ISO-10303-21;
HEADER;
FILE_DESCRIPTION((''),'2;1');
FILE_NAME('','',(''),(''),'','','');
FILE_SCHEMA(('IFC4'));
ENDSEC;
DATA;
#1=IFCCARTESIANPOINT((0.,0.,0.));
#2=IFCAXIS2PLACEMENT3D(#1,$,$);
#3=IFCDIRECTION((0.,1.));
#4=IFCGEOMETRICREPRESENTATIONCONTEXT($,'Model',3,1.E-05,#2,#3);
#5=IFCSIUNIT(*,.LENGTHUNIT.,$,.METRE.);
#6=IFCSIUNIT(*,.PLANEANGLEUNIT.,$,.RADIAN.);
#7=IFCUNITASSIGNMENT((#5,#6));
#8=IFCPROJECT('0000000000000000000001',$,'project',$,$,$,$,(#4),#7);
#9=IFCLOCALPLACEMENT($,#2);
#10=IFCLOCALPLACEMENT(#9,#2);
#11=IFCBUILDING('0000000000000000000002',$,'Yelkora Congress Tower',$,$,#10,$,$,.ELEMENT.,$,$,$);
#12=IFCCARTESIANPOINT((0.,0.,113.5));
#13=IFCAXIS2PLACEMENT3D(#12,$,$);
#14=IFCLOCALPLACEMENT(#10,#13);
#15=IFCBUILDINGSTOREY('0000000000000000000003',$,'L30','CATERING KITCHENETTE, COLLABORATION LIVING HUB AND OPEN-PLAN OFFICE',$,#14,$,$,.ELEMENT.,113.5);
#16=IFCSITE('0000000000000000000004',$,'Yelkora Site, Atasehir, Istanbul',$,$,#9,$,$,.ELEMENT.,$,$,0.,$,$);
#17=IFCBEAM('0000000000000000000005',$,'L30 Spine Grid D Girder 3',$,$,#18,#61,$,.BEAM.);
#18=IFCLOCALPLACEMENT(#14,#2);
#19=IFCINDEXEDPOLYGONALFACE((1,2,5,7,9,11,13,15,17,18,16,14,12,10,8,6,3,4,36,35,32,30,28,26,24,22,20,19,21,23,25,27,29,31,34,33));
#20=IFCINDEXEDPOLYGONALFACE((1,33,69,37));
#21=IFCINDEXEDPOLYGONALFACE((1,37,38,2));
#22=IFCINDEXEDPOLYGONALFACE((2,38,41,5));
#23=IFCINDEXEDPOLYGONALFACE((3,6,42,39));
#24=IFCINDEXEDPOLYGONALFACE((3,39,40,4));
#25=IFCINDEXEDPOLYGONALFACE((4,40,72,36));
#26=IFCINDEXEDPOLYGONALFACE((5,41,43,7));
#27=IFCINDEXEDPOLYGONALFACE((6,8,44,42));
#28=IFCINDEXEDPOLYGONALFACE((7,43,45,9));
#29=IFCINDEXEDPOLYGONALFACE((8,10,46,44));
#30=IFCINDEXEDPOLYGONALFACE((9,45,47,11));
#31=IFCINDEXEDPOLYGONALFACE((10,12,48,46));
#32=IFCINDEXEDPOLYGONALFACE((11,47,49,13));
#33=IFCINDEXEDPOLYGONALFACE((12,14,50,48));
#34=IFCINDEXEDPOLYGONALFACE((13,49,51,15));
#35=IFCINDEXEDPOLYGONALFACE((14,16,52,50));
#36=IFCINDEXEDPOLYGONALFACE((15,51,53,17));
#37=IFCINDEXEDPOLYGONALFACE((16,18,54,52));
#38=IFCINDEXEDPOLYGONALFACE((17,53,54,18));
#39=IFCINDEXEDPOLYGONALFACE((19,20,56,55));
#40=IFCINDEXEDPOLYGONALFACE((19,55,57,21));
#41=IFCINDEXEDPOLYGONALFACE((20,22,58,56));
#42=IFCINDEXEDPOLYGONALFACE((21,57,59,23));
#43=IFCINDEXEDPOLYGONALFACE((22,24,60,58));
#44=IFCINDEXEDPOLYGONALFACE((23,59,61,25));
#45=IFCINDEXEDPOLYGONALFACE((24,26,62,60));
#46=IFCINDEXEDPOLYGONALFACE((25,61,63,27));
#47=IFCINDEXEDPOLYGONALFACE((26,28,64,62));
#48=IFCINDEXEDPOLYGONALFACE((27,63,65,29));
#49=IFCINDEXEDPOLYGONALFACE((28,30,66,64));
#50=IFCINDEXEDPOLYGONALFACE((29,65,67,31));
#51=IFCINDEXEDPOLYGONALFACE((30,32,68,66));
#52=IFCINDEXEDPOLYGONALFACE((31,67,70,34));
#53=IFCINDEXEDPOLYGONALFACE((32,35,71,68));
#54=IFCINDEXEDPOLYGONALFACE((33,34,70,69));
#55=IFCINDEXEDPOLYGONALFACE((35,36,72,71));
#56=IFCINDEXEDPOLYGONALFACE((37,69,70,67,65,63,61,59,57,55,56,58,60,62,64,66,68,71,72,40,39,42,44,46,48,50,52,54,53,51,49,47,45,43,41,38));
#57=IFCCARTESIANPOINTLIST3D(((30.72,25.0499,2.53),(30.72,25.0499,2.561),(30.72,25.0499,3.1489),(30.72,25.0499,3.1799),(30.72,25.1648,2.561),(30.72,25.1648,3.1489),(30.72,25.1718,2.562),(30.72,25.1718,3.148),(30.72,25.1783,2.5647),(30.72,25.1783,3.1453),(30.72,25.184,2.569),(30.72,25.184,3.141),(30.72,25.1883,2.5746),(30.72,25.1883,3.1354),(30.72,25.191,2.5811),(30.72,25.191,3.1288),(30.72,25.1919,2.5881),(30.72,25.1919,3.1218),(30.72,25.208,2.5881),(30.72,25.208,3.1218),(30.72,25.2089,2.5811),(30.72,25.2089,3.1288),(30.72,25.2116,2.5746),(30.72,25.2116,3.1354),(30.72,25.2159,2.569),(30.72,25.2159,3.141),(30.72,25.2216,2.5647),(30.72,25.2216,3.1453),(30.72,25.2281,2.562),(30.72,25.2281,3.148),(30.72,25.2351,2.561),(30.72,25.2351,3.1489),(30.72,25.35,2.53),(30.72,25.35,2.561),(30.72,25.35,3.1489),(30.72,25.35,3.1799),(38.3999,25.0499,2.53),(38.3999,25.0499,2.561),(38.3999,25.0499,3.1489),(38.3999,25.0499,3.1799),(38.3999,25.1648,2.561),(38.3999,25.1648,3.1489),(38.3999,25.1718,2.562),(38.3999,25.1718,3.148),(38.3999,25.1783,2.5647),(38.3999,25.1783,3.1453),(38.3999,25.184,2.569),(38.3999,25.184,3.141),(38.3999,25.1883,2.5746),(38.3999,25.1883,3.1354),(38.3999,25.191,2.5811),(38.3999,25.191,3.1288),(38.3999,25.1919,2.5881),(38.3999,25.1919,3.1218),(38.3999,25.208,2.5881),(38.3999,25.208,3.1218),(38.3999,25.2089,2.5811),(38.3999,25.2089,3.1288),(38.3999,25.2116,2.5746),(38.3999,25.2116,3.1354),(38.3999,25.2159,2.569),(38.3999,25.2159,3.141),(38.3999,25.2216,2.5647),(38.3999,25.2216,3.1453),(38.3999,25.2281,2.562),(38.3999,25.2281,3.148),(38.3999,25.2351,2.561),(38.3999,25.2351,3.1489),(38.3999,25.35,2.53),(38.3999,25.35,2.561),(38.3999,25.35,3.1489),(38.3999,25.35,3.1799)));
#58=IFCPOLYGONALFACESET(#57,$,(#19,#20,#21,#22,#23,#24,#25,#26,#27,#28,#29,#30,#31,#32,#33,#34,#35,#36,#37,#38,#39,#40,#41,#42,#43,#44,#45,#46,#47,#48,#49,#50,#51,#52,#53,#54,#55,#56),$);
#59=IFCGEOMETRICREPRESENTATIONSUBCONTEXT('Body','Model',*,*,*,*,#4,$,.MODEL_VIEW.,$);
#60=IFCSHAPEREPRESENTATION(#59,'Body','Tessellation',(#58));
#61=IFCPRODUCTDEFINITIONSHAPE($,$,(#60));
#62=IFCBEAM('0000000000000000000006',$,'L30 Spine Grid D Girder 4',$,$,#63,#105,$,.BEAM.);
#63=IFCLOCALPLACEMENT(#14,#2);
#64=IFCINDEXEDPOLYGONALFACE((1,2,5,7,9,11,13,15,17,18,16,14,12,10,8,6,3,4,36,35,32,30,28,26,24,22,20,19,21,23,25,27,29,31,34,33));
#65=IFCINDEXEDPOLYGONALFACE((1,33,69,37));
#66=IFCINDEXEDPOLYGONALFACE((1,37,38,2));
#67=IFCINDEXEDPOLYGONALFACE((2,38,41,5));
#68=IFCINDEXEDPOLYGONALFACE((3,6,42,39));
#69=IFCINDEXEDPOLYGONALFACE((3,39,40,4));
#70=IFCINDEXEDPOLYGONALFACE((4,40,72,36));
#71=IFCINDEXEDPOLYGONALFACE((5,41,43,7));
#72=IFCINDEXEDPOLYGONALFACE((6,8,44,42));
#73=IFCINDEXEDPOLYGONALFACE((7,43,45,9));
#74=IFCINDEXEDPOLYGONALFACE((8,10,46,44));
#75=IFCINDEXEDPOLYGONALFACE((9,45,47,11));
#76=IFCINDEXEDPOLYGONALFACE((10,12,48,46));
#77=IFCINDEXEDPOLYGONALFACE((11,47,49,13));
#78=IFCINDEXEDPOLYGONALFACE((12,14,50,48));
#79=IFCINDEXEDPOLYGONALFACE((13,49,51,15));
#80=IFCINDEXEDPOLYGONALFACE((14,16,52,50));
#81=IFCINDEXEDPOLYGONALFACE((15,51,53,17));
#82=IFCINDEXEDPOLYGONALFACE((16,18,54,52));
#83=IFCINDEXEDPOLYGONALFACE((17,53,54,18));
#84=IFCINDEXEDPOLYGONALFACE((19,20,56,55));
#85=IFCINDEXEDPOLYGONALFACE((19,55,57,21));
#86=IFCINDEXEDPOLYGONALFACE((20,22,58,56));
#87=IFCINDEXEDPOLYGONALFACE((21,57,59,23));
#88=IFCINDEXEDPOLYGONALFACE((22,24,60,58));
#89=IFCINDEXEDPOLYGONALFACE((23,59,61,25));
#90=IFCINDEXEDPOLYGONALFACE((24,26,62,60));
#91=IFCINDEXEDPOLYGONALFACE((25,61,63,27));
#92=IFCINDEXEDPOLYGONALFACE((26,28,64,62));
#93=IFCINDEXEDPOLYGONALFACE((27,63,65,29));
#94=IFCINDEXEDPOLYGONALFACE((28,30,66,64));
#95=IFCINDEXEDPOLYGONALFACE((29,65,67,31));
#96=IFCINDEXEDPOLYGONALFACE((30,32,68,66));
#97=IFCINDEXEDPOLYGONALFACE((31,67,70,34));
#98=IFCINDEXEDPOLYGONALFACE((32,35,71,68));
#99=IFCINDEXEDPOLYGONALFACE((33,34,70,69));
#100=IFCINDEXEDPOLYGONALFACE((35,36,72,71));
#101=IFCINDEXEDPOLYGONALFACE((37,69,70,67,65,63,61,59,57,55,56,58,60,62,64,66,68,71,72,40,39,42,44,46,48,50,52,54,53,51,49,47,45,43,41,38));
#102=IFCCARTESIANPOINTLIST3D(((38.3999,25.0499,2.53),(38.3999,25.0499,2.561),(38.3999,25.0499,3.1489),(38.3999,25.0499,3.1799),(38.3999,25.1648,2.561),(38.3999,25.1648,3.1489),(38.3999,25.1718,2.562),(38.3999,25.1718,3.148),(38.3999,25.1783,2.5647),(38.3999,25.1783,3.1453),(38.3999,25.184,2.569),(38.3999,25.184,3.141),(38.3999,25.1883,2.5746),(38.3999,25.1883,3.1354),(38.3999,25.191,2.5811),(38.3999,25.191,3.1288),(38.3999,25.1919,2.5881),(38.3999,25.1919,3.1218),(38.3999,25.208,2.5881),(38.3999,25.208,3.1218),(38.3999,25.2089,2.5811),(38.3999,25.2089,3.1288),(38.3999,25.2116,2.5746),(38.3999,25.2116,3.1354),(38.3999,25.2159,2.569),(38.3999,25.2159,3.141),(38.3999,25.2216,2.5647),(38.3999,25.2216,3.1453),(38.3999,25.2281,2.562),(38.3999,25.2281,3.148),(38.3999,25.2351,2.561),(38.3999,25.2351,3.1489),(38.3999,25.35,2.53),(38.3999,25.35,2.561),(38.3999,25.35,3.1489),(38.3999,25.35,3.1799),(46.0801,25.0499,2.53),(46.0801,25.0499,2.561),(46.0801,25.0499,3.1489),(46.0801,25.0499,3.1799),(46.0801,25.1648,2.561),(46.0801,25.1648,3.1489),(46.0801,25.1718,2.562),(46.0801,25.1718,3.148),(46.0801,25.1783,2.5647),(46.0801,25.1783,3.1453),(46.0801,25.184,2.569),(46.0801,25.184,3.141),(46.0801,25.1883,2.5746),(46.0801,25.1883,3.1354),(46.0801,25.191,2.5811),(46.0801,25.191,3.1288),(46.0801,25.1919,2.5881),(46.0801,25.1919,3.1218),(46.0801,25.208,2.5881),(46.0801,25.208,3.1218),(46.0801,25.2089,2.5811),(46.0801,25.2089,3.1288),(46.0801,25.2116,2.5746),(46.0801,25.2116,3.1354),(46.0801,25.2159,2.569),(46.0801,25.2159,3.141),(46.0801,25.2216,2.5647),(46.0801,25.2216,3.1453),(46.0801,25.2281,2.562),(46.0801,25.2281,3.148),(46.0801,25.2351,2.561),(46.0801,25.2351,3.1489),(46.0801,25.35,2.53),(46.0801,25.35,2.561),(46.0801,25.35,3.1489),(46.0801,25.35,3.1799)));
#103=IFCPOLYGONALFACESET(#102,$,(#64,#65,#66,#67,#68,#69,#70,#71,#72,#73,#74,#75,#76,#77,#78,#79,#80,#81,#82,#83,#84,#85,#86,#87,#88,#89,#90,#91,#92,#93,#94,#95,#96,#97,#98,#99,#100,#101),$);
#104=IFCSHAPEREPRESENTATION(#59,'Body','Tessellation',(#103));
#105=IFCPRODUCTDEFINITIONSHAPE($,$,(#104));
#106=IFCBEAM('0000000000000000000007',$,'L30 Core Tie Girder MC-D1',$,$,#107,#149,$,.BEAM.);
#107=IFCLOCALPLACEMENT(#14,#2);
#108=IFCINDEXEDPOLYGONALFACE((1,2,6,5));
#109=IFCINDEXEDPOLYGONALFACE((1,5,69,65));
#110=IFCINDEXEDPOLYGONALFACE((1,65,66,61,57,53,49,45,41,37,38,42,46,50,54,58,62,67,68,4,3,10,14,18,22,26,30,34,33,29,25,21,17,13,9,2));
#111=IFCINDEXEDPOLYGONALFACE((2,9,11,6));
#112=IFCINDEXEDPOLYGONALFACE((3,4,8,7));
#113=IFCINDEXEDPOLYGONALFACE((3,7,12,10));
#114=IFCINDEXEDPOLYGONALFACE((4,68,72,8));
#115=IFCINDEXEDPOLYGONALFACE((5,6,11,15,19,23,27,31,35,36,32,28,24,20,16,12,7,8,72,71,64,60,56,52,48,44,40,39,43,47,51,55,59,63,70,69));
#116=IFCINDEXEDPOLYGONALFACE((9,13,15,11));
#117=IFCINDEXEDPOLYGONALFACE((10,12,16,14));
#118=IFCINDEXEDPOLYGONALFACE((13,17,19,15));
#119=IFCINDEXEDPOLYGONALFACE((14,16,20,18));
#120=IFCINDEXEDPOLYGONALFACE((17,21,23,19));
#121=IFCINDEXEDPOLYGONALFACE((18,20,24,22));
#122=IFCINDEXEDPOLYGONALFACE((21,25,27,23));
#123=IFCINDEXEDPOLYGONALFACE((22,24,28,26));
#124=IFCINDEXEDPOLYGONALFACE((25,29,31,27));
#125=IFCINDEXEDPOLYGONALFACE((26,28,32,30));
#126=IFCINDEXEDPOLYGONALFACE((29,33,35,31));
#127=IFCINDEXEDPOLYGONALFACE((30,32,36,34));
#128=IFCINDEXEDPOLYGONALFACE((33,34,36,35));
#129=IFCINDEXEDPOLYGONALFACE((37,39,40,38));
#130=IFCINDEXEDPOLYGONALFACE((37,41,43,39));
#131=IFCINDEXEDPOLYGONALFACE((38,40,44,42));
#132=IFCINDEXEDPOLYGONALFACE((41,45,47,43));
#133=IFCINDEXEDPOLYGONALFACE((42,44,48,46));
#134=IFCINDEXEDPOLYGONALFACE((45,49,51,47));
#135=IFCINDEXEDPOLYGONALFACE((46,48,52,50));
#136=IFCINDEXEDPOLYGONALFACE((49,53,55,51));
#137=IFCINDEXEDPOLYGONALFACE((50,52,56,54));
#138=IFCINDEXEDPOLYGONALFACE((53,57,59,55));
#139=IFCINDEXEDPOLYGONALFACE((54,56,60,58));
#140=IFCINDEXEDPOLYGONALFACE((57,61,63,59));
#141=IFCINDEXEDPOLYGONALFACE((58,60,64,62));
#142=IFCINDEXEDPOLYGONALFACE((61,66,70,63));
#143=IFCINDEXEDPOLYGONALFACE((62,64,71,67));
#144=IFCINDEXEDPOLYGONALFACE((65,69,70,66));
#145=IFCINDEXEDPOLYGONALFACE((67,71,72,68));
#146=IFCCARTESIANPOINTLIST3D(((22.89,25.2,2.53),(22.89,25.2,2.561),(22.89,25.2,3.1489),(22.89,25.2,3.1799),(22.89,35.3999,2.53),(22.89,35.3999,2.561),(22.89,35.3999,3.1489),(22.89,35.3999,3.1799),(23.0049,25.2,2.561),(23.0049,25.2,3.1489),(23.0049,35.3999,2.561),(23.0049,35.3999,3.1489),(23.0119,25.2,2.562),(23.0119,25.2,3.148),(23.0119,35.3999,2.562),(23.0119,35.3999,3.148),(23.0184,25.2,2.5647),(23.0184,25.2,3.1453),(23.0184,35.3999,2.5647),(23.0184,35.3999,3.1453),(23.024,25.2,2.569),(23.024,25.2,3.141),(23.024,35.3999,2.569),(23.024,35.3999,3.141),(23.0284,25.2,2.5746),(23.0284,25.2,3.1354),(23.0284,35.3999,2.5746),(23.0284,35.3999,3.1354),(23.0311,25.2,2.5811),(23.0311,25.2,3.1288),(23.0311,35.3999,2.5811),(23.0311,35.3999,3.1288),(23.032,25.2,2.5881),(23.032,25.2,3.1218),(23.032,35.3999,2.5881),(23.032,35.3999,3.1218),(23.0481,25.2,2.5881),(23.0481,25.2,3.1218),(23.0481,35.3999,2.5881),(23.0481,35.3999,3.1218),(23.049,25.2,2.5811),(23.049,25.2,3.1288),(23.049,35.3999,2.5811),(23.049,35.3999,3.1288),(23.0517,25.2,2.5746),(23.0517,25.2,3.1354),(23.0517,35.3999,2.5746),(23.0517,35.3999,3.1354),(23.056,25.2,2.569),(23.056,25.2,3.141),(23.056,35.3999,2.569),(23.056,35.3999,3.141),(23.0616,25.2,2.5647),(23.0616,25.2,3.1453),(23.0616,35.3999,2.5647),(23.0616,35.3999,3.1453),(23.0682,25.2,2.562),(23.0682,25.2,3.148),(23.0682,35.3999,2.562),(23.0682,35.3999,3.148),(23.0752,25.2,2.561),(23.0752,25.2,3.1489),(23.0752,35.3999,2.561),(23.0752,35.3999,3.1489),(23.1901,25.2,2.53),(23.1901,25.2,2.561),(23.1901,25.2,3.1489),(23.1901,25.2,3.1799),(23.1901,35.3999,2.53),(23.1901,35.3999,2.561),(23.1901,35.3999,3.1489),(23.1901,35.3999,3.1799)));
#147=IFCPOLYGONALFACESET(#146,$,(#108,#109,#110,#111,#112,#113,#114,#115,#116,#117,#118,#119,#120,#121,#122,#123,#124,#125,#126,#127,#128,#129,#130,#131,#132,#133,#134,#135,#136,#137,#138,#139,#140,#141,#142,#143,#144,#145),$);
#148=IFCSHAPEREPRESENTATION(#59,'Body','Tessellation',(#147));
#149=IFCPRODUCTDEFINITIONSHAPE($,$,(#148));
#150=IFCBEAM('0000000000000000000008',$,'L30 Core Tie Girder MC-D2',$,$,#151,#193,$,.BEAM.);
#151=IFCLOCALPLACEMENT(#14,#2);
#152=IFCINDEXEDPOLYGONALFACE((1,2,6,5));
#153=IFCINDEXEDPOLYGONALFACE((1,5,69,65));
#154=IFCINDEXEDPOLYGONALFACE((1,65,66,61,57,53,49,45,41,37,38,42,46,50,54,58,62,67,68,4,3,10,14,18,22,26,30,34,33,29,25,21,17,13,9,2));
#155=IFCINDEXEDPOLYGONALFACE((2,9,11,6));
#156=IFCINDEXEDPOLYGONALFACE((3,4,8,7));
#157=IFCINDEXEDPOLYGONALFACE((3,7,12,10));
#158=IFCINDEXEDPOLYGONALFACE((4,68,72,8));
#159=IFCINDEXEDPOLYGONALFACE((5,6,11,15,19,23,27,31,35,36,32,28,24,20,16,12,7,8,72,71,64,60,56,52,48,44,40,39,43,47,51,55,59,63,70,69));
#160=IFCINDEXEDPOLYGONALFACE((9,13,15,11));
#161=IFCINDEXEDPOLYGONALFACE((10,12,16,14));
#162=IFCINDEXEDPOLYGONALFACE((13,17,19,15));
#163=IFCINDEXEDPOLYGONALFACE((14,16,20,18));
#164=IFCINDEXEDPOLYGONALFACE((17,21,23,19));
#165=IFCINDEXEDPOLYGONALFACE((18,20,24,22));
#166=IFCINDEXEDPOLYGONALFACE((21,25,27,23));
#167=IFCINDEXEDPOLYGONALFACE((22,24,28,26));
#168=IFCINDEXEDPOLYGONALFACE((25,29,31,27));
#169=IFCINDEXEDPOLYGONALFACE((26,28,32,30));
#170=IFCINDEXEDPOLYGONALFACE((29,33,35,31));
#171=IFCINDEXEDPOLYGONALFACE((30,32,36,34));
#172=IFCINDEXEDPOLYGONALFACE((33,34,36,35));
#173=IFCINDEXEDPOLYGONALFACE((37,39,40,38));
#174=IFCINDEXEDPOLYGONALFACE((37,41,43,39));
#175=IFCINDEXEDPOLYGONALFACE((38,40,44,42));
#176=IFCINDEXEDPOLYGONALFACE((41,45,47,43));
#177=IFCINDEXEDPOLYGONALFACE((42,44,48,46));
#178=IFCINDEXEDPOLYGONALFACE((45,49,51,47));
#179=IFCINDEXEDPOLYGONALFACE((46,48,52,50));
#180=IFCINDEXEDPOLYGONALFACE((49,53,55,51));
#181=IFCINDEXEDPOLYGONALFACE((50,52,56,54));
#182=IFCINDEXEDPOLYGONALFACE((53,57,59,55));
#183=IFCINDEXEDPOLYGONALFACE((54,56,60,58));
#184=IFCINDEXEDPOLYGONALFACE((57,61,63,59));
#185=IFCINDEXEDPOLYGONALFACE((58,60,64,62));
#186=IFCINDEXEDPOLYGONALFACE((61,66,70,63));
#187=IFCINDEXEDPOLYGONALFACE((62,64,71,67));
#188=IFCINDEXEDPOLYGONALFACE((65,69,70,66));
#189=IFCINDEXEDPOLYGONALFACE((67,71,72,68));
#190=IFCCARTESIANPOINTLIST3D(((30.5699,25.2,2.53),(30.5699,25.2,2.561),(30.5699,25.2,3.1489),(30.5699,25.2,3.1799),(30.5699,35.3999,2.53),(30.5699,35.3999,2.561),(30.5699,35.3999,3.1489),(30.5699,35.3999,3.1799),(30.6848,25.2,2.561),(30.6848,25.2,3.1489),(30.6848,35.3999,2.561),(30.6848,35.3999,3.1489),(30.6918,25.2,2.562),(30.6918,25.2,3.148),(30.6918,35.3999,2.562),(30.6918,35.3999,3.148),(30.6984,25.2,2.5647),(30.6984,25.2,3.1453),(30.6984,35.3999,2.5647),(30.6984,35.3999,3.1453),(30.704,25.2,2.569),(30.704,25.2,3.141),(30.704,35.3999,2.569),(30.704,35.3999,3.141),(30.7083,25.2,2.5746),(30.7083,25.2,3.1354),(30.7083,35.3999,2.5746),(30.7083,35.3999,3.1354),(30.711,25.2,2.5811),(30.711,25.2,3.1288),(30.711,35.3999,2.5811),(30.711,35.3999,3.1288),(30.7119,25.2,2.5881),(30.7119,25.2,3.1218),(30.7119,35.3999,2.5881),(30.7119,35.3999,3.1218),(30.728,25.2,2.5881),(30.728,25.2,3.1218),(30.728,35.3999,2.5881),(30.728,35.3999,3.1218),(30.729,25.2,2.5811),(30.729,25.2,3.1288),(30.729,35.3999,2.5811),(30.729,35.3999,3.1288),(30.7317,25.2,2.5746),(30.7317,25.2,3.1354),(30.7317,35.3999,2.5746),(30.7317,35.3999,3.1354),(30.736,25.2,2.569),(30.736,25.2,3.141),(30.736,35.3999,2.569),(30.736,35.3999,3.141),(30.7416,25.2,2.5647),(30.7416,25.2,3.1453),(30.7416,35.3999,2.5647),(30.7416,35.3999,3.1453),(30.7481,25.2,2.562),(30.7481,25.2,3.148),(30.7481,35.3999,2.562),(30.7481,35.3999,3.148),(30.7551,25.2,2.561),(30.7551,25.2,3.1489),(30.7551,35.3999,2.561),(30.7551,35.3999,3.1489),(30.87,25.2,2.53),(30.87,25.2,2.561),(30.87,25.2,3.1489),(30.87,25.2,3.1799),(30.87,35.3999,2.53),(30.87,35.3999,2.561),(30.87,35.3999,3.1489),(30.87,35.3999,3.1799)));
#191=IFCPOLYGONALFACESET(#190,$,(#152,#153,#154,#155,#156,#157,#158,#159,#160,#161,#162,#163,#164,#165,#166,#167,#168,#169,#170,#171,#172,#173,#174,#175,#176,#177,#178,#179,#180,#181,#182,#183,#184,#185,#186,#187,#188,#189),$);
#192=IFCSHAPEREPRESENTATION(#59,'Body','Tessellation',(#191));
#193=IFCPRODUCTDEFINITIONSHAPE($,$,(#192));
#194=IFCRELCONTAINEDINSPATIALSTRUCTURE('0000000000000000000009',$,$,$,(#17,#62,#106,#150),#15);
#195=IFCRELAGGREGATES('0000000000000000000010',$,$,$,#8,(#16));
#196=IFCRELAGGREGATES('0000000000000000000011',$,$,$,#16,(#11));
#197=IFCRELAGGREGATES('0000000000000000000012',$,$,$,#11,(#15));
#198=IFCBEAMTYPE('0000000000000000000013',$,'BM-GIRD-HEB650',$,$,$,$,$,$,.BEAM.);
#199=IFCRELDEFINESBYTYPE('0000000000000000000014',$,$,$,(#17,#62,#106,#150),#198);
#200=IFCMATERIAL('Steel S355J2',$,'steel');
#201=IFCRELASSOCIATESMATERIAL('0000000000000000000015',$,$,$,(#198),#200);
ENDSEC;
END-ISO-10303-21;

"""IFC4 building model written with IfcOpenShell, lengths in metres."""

from ifc_helpers import new_model, si_unit, direction, frame, origin, origin_2d, place, context, subcontext, project, spatial, i_section, extrude, material, material_profile, profile_set, type_object, element, save


model = new_model("IFC4")

# Units and contexts
model_context = context("Model", 3, precision=1e-05, world=origin(), true_north=direction((0.0, 1.0)))
body_context = subcontext(model_context, "Body", "Model", "MODEL_VIEW")
ifc_project = project(units=[si_unit("LENGTHUNIT", "METRE"), si_unit("PLANEANGLEUNIT", "RADIAN")], contexts=[model_context])

# Site, building, storey
site_placement = place(None, origin())
site = spatial("IfcSite", under=ifc_project, at=site_placement, Name="Yelkora Site, Atasehir, Istanbul", CompositionType="ELEMENT", RefElevation=0.0)
building_placement = place(site_placement, origin())
building = spatial("IfcBuilding", under=site, at=building_placement, Name="Yelkora Congress Tower", CompositionType="ELEMENT")
storey_placement = place(building_placement, frame((0.0, 0.0, 113.5)))
storey = spatial("IfcBuildingStorey", under=building, at=storey_placement, Name="L30", Description="CATERING KITCHENETTE, COLLABORATION LIVING HUB AND OPEN-PLAN OFFICE", CompositionType="ELEMENT", Elevation=113.5)

# Beams
ifc_material_1 = material(Name="Steel S355J2", Category="steel")
ifc_material_profile_1 = material_profile(ifc_material_1, i_section(OverallWidth=0.3, OverallDepth=0.6499, WebThickness=0.0161, FlangeThickness=0.031, FilletRadius=0.0271, at=origin_2d()), Name="HEB 650")
ifc_profile_set_1 = profile_set([ifc_material_profile_1], Name="Steel S355J2")
beam_type_1 = type_object("IfcBeamType", Name="BM-GIRD-HEB650", PredefinedType="BEAM", material=ifc_profile_set_1)
for number, where, z_axis, x_axis, name in (
    (1, (30.72, 25.2, 2.855), (1.0, 0.0, 0.0), (0.0, 1.0, 0.0), "L30 Spine Grid D Girder 3"),
):
    element("IfcBeam", number, at=place(storey_placement, frame(where, z_axis=z_axis, x_axis=x_axis)), inside=storey, type_object=beam_type_1, Name=name, PredefinedType="BEAM", context=body_context, shape_type="SweptSolid", body=[
        extrude(i_section(OverallWidth=0.3, OverallDepth=0.6499, WebThickness=0.0161, FlangeThickness=0.031, FilletRadius=0.0271, at=origin_2d()), origin(), (0.0, 0.0, 1.0), 7.6799),
    ])
beam_1_placement = place(storey_placement, frame((38.3999, 25.2, 2.855), z_axis=(1.0, 0.0, 0.0), x_axis=(0.0, 1.0, 0.0)))
element("IfcBeam", 2, at=beam_1_placement, inside=storey, type_object=beam_type_1, Name="L30 Spine Grid D Girder 4", PredefinedType="BEAM", context=body_context, shape_type="SweptSolid", body=[
    extrude(i_section(OverallWidth=0.3, OverallDepth=0.6499, WebThickness=0.0161, FlangeThickness=0.031, FilletRadius=0.0271, at=origin_2d()), origin(), (0.0, 0.0, 1.0), 7.6802),
])
for number, where, z_axis, x_axis, name in (
    (3, (23.04, 25.2, 2.855), (0.0, 1.0, 0.0), (-1.0, 0.0, 0.0), "L30 Core Tie Girder MC-D1"),
    (4, (30.72, 25.2, 2.855), (0.0, 1.0, 0.0), (-1.0, 0.0, 0.0), "L30 Core Tie Girder MC-D2"),
):
    element("IfcBeam", number, at=place(storey_placement, frame(where, z_axis=z_axis, x_axis=x_axis)), inside=storey, type_object=beam_type_1, Name=name, PredefinedType="BEAM", context=body_context, shape_type="SweptSolid", body=[
        extrude(i_section(OverallWidth=0.3, OverallDepth=0.6499, WebThickness=0.0161, FlangeThickness=0.031, FilletRadius=0.0271, at=origin_2d()), origin(), (0.0, 0.0, 1.0), 10.2),
    ])

save(model, "model.ifc")
